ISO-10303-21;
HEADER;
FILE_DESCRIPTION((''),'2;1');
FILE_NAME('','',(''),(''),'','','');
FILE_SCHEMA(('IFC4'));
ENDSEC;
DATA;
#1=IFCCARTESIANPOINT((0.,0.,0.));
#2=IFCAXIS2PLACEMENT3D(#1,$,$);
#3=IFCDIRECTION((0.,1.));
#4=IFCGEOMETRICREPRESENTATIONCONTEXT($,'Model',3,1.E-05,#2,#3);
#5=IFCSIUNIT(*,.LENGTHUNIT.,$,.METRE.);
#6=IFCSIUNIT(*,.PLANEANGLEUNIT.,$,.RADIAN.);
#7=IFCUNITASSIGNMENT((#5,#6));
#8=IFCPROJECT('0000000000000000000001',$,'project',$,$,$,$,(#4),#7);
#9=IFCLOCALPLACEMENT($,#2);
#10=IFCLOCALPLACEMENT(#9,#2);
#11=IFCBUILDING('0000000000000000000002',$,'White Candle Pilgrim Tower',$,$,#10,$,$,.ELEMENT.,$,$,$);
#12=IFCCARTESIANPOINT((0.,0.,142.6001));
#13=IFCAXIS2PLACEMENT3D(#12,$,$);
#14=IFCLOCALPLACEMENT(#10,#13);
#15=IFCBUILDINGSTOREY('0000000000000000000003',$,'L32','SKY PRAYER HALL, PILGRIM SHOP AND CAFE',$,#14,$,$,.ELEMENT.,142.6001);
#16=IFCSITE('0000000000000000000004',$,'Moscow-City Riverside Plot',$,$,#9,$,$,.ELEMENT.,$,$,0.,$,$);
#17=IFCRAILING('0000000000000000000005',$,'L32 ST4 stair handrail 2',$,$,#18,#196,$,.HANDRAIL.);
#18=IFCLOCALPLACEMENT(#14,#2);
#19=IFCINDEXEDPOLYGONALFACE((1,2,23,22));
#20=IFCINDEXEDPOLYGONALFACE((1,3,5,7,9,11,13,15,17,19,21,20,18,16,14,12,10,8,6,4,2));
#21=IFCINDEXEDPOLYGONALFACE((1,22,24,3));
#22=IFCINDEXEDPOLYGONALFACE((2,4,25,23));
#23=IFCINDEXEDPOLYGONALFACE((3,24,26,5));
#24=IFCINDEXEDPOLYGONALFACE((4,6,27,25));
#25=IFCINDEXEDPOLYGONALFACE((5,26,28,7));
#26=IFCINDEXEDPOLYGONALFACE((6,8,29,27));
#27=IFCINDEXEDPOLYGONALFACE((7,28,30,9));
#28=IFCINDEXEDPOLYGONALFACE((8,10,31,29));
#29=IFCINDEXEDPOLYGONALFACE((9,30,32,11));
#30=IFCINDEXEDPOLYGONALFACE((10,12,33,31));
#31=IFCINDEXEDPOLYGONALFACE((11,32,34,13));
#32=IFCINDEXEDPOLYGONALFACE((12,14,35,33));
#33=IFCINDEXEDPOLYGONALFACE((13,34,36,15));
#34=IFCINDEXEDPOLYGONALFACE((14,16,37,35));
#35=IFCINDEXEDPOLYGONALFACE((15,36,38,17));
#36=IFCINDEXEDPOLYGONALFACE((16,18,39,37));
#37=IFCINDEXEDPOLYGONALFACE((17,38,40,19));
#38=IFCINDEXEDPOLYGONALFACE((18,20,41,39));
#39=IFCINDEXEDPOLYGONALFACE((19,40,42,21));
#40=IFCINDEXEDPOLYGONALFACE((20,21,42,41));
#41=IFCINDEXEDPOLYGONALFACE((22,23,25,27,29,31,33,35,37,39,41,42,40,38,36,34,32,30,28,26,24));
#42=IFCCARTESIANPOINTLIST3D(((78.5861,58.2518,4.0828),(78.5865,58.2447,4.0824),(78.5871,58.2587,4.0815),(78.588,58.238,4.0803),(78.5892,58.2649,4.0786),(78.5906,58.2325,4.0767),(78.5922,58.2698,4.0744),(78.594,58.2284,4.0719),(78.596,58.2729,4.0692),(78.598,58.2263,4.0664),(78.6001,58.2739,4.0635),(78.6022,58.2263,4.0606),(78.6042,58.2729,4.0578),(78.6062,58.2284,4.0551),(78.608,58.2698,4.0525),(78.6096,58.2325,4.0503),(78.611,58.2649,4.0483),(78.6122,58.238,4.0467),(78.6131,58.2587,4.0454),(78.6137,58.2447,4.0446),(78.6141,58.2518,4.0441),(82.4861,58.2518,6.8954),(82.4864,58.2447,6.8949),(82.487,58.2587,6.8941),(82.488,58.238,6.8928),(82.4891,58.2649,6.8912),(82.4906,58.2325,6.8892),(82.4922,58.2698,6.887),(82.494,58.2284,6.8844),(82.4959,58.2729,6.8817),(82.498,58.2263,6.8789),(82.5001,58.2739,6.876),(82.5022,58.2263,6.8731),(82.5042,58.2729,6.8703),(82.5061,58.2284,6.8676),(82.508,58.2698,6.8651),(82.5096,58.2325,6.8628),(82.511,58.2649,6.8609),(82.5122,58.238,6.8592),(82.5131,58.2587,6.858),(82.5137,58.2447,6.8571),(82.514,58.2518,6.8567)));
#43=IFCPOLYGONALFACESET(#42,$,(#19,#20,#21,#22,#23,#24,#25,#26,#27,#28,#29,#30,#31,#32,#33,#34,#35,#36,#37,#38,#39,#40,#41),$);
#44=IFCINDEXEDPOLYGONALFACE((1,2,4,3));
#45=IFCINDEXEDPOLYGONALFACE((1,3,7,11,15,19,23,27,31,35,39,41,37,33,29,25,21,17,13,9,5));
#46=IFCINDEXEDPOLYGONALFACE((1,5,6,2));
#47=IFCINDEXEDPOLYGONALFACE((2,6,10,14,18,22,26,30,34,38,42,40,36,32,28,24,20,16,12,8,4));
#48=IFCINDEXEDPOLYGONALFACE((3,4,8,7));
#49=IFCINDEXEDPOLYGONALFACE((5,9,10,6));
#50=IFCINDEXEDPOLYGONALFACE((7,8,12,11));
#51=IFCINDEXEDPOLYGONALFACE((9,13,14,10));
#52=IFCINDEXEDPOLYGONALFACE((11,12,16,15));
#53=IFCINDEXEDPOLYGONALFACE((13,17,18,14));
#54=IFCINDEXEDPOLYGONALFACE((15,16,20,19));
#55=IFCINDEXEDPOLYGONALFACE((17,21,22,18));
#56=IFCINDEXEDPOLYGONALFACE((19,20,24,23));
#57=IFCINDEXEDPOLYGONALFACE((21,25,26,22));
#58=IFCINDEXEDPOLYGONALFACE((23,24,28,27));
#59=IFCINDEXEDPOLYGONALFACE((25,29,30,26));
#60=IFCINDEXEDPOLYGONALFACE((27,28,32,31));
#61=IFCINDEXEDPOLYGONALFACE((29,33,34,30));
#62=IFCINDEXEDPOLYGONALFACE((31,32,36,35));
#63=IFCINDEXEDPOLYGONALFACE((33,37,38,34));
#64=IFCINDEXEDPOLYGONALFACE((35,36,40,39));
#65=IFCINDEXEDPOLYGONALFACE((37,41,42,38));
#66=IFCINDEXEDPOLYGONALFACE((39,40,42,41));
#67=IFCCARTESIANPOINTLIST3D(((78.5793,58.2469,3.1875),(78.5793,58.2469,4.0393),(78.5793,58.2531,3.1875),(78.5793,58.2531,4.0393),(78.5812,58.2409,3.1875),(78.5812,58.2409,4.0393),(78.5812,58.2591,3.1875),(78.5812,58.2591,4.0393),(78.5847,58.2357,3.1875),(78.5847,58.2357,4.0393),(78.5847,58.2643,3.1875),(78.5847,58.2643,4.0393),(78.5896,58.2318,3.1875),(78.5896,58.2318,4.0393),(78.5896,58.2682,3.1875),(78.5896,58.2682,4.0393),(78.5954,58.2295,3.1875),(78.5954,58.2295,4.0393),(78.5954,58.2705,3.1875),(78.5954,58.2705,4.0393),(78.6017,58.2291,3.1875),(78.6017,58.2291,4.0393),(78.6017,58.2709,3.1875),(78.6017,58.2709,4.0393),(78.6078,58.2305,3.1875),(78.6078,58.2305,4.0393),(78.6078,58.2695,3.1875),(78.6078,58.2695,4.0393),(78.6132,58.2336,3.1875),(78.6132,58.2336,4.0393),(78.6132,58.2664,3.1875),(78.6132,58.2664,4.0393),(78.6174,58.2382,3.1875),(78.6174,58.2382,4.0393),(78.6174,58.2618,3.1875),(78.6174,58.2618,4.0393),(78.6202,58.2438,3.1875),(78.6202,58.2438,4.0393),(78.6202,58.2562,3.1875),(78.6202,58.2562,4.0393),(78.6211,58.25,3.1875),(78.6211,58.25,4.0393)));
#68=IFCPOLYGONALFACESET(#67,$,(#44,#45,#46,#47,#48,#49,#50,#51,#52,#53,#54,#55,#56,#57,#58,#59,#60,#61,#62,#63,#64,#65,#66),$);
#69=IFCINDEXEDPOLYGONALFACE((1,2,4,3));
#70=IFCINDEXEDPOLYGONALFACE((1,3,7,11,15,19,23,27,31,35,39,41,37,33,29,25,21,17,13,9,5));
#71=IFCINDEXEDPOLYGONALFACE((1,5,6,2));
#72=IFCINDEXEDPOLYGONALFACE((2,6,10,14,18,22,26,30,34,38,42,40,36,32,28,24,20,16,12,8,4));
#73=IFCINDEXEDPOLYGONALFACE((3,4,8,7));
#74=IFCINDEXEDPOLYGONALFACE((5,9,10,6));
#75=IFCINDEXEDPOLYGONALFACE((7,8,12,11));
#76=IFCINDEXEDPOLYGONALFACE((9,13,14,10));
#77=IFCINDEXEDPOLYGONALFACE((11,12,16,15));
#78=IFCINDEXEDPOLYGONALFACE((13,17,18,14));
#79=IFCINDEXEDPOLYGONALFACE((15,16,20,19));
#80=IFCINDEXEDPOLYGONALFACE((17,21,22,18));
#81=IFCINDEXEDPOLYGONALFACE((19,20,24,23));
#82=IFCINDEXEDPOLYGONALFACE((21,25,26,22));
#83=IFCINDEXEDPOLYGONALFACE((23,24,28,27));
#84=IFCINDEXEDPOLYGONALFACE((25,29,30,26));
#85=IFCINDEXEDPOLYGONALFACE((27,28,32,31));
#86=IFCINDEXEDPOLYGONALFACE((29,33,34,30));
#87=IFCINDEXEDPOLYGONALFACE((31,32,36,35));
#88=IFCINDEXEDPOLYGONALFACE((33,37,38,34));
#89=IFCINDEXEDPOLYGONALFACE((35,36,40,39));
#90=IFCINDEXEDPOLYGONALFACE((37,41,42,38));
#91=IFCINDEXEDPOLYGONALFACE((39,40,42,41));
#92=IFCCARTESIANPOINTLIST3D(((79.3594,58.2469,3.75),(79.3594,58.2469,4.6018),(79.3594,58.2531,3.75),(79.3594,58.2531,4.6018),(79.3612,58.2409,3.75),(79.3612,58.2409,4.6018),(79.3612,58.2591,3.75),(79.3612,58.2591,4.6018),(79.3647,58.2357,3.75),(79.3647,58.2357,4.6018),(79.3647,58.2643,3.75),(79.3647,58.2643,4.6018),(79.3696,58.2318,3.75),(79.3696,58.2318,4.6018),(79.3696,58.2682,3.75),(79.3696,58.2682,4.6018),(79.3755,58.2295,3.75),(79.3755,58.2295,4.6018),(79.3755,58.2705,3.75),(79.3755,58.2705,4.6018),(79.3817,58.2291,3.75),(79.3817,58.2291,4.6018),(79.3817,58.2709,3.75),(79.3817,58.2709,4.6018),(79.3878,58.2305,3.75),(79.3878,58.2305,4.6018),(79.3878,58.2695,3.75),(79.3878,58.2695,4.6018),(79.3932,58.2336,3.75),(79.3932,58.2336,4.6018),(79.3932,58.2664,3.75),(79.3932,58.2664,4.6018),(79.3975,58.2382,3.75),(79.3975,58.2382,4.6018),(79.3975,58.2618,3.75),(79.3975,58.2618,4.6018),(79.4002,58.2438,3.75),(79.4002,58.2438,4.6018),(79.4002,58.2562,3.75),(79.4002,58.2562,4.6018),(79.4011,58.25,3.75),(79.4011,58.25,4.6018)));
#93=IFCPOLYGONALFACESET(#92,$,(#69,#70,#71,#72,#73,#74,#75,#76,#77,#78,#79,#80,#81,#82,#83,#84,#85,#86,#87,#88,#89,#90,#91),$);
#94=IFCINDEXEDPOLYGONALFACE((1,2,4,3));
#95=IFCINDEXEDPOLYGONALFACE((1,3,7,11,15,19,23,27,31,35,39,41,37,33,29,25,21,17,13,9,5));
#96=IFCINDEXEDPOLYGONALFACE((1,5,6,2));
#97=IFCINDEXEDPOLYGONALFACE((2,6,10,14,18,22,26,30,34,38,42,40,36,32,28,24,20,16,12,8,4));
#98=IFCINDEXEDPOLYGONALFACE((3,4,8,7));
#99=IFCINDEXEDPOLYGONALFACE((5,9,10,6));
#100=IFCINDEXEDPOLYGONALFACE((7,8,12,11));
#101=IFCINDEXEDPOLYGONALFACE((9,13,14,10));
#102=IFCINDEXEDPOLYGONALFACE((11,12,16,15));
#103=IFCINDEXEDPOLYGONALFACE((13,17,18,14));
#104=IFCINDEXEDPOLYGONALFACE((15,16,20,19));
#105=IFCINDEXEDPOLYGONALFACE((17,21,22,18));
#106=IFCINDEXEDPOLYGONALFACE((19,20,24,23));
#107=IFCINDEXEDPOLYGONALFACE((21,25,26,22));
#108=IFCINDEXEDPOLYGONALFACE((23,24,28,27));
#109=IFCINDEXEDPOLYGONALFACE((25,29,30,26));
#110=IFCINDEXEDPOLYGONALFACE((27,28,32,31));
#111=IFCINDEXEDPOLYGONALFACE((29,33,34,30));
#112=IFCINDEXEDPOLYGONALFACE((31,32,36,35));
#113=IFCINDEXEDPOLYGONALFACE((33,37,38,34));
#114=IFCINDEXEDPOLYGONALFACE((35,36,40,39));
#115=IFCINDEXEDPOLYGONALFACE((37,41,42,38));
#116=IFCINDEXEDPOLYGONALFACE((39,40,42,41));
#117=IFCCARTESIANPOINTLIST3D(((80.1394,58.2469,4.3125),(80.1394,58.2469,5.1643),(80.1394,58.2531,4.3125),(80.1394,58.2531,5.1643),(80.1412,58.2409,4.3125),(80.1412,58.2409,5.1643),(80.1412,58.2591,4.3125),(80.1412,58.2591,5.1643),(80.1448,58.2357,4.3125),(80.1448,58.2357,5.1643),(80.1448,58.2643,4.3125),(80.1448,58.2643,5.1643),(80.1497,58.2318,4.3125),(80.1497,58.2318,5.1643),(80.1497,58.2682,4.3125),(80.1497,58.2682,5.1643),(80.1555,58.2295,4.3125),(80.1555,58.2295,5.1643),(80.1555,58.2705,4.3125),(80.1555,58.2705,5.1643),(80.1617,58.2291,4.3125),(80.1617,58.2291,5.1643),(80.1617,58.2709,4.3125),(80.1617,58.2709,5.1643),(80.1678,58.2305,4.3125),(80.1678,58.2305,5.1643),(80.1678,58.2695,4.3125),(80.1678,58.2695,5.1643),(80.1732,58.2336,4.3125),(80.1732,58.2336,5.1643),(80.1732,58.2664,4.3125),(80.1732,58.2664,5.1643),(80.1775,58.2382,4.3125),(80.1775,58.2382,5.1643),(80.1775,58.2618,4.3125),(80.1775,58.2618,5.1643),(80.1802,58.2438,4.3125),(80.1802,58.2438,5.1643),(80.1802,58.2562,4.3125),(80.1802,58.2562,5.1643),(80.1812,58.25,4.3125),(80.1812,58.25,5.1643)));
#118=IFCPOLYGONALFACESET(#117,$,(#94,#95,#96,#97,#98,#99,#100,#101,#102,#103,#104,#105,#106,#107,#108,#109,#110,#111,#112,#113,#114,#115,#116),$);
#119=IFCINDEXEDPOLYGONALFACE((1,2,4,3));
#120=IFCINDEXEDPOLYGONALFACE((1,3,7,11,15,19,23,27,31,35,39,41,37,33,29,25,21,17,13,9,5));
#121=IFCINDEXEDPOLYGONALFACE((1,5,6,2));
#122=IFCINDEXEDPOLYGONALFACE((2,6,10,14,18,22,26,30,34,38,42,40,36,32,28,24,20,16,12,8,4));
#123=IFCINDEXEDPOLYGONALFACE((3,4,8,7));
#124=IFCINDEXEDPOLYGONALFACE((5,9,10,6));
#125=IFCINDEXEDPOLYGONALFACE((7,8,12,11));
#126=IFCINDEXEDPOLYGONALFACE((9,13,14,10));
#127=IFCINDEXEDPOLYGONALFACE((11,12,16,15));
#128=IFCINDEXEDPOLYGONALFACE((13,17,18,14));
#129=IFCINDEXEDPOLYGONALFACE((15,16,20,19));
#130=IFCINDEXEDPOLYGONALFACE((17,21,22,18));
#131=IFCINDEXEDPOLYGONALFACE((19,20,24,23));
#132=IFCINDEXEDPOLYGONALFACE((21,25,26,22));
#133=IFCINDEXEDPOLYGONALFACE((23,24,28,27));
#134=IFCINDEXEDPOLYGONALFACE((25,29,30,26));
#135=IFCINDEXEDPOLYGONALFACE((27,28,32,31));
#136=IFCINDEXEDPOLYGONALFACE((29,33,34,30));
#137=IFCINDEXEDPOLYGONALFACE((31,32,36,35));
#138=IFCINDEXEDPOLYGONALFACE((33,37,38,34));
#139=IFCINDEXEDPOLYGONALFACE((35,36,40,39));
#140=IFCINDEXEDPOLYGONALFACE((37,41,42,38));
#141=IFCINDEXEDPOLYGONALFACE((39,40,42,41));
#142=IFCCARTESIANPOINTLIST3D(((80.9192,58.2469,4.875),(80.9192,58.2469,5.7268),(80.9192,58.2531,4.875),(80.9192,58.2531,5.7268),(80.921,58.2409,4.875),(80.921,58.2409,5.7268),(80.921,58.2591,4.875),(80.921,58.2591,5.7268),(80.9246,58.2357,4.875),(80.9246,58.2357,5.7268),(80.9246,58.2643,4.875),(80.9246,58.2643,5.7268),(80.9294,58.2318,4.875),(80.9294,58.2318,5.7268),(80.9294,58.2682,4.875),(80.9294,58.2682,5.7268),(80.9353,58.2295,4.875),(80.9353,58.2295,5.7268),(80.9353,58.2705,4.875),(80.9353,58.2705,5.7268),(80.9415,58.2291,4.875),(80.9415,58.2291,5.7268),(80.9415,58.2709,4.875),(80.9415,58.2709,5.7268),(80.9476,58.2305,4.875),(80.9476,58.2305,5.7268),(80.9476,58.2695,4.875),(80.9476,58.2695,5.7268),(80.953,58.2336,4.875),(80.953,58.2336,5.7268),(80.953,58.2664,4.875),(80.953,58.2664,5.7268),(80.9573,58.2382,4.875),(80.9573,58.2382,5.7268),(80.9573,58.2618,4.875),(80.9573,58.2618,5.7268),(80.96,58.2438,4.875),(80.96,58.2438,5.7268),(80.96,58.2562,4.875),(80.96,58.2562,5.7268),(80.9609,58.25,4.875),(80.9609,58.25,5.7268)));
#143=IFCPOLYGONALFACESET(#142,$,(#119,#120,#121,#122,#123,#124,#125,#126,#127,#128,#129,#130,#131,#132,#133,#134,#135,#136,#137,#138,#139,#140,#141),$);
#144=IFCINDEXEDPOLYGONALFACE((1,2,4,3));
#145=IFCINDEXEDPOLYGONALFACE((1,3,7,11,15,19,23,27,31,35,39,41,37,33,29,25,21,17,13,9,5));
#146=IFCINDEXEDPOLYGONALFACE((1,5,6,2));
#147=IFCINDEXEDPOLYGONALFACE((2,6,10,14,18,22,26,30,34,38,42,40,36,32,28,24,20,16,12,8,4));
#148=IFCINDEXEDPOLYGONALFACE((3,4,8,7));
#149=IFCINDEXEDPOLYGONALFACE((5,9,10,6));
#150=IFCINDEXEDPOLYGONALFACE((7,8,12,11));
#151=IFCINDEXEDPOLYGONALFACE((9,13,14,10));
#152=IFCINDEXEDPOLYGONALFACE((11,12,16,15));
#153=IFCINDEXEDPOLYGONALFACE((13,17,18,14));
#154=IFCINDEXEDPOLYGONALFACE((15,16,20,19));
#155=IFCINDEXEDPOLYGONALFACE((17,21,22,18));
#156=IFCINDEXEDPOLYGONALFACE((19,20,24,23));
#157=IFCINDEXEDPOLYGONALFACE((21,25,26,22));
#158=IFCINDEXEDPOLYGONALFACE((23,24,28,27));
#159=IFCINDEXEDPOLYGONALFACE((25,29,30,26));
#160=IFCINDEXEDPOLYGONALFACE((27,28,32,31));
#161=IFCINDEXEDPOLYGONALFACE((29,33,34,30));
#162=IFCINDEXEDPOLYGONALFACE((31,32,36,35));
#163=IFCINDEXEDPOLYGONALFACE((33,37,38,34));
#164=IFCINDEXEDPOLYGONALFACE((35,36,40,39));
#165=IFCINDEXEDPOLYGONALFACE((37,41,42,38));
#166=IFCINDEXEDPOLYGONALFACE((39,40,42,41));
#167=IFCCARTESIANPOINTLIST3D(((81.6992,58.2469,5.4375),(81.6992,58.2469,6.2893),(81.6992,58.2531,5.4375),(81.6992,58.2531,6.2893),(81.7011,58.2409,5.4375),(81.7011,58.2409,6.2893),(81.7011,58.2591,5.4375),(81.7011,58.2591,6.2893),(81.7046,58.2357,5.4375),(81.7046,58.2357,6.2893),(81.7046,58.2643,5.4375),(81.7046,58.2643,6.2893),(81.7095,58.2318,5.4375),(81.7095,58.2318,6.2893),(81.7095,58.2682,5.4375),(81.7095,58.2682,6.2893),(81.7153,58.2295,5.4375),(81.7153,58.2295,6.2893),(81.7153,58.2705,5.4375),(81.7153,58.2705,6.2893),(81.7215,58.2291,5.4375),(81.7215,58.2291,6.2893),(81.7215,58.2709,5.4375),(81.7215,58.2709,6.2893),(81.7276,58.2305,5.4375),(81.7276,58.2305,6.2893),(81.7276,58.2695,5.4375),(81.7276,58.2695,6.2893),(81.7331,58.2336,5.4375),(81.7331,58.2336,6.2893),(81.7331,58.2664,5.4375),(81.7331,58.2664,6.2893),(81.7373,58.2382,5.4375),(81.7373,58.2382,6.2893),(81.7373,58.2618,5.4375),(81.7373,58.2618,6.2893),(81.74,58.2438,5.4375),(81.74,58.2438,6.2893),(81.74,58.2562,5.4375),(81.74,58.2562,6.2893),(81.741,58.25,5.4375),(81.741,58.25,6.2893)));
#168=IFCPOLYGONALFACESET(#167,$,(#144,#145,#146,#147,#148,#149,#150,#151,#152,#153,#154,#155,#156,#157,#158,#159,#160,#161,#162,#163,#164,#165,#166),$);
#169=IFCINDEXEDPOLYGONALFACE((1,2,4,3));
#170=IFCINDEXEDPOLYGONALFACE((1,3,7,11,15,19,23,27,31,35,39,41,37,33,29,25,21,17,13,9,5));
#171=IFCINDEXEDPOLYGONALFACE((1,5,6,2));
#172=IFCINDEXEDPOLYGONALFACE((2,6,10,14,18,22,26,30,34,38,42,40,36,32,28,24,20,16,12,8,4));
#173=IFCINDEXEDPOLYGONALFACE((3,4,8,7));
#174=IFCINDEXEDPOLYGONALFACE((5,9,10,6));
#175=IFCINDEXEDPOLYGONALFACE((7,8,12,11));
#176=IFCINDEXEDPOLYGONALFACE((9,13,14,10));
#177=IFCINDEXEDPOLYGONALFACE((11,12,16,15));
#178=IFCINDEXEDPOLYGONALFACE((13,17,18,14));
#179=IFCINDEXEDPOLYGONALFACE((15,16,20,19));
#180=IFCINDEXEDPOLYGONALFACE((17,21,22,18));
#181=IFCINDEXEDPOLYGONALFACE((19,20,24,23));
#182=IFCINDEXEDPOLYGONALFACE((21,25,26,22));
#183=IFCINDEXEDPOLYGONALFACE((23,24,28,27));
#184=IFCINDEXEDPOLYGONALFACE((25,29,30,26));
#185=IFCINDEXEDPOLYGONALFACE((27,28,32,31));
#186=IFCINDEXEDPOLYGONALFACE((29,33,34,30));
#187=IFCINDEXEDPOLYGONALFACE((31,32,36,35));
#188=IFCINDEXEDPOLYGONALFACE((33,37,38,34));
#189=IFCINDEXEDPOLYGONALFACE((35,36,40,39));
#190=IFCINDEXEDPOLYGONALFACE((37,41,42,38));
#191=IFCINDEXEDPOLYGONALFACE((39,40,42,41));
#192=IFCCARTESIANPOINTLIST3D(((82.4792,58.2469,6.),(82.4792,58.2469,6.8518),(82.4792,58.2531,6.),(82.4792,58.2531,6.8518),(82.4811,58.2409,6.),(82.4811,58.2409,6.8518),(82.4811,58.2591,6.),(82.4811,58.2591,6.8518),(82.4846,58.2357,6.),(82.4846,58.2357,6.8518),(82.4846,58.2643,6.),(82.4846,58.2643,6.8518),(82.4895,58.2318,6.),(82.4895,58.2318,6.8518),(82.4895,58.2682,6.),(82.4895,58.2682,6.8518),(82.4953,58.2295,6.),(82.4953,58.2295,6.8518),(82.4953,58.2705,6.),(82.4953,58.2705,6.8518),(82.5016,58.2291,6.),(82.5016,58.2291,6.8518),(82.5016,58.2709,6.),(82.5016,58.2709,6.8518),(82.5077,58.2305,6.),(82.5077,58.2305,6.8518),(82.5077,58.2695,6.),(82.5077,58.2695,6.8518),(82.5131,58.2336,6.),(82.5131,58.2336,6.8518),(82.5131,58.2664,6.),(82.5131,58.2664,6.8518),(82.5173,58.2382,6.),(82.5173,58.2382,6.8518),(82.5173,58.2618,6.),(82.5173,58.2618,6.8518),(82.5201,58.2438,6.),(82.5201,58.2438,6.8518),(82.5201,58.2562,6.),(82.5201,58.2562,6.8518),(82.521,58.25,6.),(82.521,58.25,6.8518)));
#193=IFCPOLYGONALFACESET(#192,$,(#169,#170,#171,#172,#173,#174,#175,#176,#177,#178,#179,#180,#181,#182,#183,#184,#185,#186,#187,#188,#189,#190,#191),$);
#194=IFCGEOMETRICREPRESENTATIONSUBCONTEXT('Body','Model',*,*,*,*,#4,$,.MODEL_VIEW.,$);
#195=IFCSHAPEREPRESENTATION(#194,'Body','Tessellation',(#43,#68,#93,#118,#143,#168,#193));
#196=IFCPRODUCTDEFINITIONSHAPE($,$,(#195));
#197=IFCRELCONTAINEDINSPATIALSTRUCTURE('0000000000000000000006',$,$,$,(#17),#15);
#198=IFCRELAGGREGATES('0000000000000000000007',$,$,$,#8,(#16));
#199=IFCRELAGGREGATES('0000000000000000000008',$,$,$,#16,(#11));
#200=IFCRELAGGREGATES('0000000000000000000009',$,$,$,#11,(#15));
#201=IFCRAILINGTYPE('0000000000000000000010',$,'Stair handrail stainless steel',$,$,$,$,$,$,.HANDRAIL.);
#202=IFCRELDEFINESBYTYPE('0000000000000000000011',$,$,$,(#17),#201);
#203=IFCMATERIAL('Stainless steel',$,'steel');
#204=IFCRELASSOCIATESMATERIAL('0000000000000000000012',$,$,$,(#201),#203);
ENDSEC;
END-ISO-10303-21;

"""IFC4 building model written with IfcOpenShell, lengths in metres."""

from ifc_helpers import new_model, si_unit, direction, frame, origin, origin_2d, place, context, subcontext, project, spatial, circle, extrude, material, type_object, element, save


model = new_model("IFC4")

# Units and contexts
model_context = context("Model", 3, precision=1e-05, world=origin(), true_north=direction((0.0, 1.0)))
body_context = subcontext(model_context, "Body", "Model", "MODEL_VIEW")
ifc_project = project(units=[si_unit("LENGTHUNIT", "METRE"), si_unit("PLANEANGLEUNIT", "RADIAN")], contexts=[model_context])

# Site, building, storey
site_placement = place(None, origin())
site = spatial("IfcSite", under=ifc_project, at=site_placement, Name="Moscow-City Riverside Plot", CompositionType="ELEMENT", RefElevation=0.0)
building_placement = place(site_placement, origin())
building = spatial("IfcBuilding", under=site, at=building_placement, Name="White Candle Pilgrim Tower", CompositionType="ELEMENT")
storey_placement = place(building_placement, frame((0.0, 0.0, 142.6001)))
storey = spatial("IfcBuildingStorey", under=building, at=storey_placement, Name="L32", Description="SKY PRAYER HALL, PILGRIM SHOP AND CAFE", CompositionType="ELEMENT", Elevation=142.6001)

# Railing
ifc_material_1 = material(Name="Stainless steel", Category="steel")
railing_type_1 = type_object("IfcRailingType", Name="Stair handrail stainless steel", PredefinedType="HANDRAIL", material=ifc_material_1)
railing_1_placement = place(storey_placement, frame((78.6001, 58.25, 3.1875)))
element("IfcRailing", 1, at=railing_1_placement, inside=storey, type_object=railing_type_1, Name="L32 ST4 stair handrail 2", PredefinedType="HANDRAIL", context=body_context, shape_type="SweptSolid", body=[
    extrude(circle(Radius=0.0239, at=origin_2d()), frame((0.0, 0.0, 0.876), z_axis=(0.811083, 0.0, 0.584931), x_axis=(0.0, 1.0, 0.0)), (0.0, 0.0, 1.0), 4.8083),
    extrude(circle(Radius=0.021, at=origin_2d()), origin(), (0.0, 0.0, 1.0), 0.8518),
    extrude(circle(Radius=0.021, at=origin_2d()), frame((0.78, 0.0, 0.5625)), (0.0, 0.0, 1.0), 0.8518),
    extrude(circle(Radius=0.021, at=origin_2d()), frame((1.5601, 0.0, 1.125)), (0.0, 0.0, 1.0), 0.8518),
    extrude(circle(Radius=0.021, at=origin_2d()), frame((2.3398, 0.0, 1.6875)), (0.0, 0.0, 1.0), 0.8518),
    extrude(circle(Radius=0.021, at=origin_2d()), frame((3.1199, 0.0, 2.25)), (0.0, 0.0, 1.0), 0.8518),
    extrude(circle(Radius=0.021, at=origin_2d()), frame((3.8999, 0.0, 2.8125)), (0.0, 0.0, 1.0), 0.8518),
])

save(model, "model.ifc")
